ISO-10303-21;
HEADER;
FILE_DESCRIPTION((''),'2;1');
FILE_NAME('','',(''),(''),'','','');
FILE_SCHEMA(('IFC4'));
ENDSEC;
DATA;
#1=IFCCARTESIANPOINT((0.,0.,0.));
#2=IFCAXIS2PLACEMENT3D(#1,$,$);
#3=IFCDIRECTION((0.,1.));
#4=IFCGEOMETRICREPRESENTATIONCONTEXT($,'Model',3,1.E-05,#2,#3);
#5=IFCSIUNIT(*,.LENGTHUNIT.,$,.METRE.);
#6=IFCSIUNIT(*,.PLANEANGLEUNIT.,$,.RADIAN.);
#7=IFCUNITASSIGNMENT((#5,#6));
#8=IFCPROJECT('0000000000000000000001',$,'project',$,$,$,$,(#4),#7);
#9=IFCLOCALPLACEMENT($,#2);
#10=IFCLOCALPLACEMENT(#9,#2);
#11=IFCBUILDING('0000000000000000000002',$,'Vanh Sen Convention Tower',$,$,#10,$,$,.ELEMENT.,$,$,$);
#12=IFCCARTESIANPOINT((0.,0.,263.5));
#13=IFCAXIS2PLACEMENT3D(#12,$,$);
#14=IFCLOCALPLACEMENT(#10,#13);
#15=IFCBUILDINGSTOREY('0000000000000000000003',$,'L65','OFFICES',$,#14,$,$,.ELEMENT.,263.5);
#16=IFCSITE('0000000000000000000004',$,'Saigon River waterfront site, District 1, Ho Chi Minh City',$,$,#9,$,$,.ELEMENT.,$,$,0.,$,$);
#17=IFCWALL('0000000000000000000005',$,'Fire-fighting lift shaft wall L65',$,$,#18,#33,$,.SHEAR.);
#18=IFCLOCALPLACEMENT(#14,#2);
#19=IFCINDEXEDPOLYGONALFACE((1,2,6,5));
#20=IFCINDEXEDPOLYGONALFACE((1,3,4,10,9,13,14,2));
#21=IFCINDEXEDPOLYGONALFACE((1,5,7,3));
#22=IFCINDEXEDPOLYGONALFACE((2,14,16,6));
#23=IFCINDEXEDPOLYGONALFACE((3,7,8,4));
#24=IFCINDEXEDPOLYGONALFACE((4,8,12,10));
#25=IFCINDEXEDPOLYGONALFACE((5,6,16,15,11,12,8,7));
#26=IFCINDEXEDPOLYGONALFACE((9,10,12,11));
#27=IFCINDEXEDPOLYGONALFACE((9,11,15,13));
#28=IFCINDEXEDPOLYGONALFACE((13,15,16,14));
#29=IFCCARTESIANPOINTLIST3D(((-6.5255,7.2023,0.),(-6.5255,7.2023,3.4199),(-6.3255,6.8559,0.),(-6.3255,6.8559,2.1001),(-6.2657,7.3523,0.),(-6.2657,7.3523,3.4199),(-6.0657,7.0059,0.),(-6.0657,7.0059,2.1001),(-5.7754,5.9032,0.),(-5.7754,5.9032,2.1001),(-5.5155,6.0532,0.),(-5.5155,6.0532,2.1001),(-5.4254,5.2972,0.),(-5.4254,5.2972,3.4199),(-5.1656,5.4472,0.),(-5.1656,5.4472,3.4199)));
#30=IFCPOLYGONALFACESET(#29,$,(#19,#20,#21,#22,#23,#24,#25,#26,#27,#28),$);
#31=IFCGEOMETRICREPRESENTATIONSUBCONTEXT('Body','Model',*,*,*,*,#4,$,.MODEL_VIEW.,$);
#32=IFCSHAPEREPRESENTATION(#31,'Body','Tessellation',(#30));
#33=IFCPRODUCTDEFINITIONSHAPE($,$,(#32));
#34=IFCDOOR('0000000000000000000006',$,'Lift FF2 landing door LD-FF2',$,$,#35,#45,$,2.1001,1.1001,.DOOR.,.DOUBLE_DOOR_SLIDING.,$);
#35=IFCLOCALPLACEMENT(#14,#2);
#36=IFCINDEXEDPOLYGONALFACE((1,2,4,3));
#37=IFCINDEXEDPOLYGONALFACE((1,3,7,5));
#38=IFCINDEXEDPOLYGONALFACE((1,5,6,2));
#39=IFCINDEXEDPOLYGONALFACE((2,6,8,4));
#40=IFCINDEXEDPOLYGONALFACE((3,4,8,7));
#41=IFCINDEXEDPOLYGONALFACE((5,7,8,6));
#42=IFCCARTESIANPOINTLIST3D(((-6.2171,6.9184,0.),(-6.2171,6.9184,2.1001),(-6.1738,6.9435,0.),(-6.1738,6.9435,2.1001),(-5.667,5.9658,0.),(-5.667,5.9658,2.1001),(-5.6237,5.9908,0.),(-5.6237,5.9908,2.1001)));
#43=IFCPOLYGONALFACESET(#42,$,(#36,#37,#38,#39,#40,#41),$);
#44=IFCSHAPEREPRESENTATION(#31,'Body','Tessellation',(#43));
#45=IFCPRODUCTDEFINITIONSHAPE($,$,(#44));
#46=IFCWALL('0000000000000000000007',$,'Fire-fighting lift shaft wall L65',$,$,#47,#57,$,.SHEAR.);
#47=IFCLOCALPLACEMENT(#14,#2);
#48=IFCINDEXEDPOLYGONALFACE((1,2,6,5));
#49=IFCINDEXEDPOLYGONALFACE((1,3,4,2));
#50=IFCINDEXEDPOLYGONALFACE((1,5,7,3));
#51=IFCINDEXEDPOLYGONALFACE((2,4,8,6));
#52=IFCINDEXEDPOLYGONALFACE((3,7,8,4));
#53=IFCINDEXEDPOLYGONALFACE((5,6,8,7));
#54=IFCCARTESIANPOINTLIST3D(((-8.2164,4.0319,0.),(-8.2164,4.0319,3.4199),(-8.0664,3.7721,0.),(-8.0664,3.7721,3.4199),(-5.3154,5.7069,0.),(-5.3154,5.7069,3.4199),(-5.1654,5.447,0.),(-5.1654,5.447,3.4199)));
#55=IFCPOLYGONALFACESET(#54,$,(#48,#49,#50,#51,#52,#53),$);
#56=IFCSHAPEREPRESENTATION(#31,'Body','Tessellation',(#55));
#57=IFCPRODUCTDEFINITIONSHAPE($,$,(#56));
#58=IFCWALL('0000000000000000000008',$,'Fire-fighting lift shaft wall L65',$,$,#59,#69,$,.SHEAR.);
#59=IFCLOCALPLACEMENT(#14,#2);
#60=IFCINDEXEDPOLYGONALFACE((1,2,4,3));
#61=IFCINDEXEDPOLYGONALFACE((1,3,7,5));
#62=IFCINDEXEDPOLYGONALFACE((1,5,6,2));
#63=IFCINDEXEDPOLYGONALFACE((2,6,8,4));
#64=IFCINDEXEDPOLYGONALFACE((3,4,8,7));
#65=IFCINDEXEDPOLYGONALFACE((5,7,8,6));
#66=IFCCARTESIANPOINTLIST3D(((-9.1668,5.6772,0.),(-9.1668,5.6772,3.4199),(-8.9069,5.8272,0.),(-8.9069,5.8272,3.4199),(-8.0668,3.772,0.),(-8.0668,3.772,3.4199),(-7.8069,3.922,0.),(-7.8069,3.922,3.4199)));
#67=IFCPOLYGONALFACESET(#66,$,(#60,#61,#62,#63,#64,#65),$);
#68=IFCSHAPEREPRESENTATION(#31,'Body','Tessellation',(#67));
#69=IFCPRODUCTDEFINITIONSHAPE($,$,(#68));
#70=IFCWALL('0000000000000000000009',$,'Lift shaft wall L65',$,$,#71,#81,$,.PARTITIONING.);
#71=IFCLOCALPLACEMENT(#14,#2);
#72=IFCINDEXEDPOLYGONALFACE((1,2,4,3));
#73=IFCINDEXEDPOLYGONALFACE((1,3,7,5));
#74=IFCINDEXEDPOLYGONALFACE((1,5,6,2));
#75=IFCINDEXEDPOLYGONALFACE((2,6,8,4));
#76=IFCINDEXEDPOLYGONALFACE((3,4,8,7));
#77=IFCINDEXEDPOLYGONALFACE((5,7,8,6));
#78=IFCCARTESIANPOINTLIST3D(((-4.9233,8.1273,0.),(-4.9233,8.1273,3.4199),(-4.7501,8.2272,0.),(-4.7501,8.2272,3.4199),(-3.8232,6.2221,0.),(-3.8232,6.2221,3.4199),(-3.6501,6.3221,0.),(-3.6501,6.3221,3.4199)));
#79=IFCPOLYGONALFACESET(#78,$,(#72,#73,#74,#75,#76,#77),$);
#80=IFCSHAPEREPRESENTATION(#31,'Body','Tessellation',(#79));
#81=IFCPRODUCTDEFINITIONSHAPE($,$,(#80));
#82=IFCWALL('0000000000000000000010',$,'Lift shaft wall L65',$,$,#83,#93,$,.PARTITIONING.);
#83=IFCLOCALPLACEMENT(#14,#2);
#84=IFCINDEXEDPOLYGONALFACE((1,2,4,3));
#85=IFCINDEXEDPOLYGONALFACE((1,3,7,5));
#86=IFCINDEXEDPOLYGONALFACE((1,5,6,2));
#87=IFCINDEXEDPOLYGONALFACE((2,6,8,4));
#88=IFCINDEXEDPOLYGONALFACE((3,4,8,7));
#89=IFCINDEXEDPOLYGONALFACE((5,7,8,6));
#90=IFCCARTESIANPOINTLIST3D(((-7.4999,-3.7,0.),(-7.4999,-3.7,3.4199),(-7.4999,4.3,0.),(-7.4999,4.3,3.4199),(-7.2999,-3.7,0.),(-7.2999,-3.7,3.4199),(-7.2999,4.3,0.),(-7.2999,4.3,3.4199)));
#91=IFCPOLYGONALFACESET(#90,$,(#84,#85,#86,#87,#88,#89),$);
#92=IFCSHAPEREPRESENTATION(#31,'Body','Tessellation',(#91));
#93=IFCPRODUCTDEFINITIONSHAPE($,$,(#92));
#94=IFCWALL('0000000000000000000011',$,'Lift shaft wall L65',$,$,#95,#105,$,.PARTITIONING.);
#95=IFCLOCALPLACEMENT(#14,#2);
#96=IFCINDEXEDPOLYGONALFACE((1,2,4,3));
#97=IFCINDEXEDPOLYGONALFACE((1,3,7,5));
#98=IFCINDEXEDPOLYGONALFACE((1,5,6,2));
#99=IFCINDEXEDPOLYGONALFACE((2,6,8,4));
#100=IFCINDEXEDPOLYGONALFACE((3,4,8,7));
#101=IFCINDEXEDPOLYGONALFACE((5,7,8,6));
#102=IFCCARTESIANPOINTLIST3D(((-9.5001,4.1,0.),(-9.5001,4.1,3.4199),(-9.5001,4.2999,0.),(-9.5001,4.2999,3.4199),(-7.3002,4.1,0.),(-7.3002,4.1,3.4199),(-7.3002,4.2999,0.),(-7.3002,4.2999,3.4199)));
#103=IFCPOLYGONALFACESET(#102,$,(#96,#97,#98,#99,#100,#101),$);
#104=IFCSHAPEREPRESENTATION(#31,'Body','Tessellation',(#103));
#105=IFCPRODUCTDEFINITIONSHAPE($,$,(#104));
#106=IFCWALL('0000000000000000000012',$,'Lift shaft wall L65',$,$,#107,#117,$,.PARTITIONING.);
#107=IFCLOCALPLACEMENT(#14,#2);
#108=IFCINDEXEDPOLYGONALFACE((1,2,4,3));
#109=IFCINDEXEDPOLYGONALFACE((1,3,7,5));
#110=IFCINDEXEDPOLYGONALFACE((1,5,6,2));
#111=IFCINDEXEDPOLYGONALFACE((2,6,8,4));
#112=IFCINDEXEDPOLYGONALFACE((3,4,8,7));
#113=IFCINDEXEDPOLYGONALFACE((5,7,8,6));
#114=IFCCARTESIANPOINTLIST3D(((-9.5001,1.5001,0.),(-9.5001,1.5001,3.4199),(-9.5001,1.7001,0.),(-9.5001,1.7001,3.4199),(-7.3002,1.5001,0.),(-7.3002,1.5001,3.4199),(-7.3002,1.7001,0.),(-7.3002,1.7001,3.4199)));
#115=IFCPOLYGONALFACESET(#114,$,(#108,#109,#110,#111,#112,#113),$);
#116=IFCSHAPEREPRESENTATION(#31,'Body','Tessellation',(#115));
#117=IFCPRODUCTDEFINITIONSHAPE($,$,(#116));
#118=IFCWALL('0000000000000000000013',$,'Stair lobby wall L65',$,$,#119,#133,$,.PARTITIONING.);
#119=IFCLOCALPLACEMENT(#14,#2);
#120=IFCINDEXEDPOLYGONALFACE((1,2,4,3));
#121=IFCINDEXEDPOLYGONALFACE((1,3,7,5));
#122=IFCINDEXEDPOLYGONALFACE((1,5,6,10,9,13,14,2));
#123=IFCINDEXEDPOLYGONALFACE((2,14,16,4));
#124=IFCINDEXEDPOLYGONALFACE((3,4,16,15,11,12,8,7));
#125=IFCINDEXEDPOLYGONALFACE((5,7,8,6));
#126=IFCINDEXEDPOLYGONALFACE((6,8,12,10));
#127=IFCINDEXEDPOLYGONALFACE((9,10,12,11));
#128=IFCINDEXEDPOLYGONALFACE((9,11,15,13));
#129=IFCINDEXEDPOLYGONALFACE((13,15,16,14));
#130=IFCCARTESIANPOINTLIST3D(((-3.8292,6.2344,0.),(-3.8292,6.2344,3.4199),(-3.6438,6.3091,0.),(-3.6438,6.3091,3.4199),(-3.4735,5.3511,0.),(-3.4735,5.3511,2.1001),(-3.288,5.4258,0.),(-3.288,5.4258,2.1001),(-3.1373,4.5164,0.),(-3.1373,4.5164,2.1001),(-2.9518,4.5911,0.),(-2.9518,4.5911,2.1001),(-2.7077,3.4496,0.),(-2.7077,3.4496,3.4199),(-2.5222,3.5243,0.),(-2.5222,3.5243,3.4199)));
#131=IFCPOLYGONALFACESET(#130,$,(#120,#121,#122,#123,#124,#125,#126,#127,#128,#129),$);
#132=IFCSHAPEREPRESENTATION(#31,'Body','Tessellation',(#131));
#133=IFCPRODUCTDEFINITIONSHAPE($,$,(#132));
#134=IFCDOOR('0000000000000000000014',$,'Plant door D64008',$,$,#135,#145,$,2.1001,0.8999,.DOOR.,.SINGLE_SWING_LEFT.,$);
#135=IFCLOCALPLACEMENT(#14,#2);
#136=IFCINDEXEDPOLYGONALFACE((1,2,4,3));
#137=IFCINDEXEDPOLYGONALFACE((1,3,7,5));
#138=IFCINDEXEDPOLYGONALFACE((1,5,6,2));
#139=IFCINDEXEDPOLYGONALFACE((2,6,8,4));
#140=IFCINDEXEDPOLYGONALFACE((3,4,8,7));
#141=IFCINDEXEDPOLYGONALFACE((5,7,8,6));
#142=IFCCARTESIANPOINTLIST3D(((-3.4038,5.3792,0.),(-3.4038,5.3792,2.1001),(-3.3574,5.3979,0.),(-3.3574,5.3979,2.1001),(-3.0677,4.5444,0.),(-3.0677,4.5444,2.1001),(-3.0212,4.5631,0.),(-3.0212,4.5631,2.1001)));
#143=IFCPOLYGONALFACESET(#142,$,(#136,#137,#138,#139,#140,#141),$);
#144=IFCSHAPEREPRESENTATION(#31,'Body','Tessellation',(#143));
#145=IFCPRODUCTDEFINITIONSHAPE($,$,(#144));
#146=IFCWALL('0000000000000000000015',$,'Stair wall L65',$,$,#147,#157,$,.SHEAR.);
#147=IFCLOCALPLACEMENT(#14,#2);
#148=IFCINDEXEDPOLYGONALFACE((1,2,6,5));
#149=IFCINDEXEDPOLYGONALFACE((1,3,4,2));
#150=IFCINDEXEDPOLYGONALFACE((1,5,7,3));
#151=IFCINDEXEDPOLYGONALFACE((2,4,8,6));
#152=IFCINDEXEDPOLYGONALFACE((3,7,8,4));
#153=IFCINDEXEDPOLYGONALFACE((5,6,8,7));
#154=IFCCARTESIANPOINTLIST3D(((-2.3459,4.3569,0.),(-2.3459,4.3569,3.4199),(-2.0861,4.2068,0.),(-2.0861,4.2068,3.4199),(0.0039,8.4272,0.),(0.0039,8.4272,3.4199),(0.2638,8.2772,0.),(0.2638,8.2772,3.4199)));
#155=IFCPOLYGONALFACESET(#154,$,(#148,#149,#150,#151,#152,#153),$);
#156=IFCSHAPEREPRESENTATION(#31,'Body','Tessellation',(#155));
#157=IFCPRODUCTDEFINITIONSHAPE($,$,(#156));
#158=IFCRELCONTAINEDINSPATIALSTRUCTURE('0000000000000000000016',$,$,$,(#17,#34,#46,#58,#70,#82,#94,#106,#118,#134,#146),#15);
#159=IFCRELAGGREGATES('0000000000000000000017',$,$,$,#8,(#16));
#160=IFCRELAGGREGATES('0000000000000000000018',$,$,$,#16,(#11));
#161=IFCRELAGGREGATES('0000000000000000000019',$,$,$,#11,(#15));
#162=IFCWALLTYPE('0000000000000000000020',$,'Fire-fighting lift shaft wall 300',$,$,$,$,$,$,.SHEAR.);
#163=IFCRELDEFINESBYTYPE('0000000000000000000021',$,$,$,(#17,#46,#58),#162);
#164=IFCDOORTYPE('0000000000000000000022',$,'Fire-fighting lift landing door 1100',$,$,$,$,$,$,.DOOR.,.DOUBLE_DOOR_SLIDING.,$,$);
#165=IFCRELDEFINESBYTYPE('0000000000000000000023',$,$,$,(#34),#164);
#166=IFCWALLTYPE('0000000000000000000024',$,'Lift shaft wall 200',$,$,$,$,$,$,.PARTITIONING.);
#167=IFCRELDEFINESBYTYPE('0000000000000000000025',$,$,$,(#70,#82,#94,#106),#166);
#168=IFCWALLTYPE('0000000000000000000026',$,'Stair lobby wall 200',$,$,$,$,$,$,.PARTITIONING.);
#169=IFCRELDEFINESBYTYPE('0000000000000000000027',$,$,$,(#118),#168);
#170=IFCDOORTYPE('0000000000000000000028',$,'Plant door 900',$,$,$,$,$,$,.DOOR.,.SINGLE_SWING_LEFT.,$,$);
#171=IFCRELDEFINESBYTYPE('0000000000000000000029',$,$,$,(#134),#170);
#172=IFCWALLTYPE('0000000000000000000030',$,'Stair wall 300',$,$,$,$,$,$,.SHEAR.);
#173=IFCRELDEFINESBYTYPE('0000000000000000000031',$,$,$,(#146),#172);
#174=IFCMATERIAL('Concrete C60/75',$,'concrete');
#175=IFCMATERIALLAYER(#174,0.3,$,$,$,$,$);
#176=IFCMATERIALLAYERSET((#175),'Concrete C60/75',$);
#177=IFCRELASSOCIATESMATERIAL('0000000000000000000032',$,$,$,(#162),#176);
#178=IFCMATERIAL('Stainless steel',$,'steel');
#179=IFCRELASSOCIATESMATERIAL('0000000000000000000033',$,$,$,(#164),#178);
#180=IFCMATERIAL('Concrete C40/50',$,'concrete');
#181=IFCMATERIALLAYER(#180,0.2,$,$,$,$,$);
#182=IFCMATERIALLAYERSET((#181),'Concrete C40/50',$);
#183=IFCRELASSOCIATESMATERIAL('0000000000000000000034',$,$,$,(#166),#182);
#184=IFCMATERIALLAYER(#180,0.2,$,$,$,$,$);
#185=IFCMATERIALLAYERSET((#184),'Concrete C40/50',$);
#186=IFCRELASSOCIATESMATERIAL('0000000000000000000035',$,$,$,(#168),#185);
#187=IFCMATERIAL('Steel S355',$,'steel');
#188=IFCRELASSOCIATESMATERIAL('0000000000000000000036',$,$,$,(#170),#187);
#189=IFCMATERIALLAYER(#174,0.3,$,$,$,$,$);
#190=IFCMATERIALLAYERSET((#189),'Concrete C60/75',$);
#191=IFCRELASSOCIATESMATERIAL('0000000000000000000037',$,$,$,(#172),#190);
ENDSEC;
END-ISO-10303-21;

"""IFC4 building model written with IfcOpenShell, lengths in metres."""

from ifc_helpers import new_model, si_unit, direction, frame, frame_2d, origin, place, context, subcontext, project, spatial, rectangle, extrude, material, layer, layer_set, type_object, element, fill, save


model = new_model("IFC4")

# Units and contexts
model_context = context("Model", 3, precision=1e-05, world=origin(), true_north=direction((0.0, 1.0)))
body_context = subcontext(model_context, "Body", "Model", "MODEL_VIEW")
ifc_project = project(units=[si_unit("LENGTHUNIT", "METRE"), si_unit("PLANEANGLEUNIT", "RADIAN")], contexts=[model_context])

# Site, building, storey
site_placement = place(None, origin())
site = spatial("IfcSite", under=ifc_project, at=site_placement, Name="Saigon River waterfront site, District 1, Ho Chi Minh City", CompositionType="ELEMENT", RefElevation=0.0)
building_placement = place(site_placement, origin())
building = spatial("IfcBuilding", under=site, at=building_placement, Name="Vanh Sen Convention Tower", CompositionType="ELEMENT")
storey_placement = place(building_placement, frame((0.0, 0.0, 263.5)))
storey = spatial("IfcBuildingStorey", under=building, at=storey_placement, Name="L65", Description="OFFICES", CompositionType="ELEMENT", Elevation=263.5)

# Shared definitions
ifc_material_1 = material(Name="Concrete C60/75", Category="concrete")
ifc_material_2 = material(Name="Stainless steel", Category="steel")

# Wall, opening, door
ifc_layer_1 = layer(ifc_material_1, 0.3)
ifc_layer_set_1 = layer_set([ifc_layer_1], Name="Concrete C60/75")
wall_type_1 = type_object("IfcWallType", Name="Fire-fighting lift shaft wall 300", PredefinedType="SHEAR", material=ifc_layer_set_1)
wall_1_placement = place(storey_placement, frame((-5.2954, 5.3721, 0.0), z_axis=(0.0, 0.0, 1.0), x_axis=(-0.500078, 0.86598, 0.0)))
wall_1 = element("IfcWall", 1, at=wall_1_placement, inside=storey, type_object=wall_type_1, Name="Fire-fighting lift shaft wall L65", PredefinedType="SHEAR", context=body_context, shape_type="SweptSolid", body=[
    extrude(rectangle(XDim=2.2, YDim=0.3, at=frame_2d((1.1001, 0.0))), origin(), (0.0, 0.0, 1.0), 3.4199),
])
opening_1_placement = place(wall_1_placement, frame((0.7, 0.0, 0.0)))
opening_1 = element("IfcOpeningElement", 2, at=opening_1_placement, cuts=wall_1, PredefinedType="OPENING", context=body_context, shape_type="SweptSolid", body=[
    extrude(rectangle(XDim=1.1001, YDim=2.1001, at=frame_2d((0.55, 1.05))), frame((0.0, 0.1599, 0.0), z_axis=(0.0, -1.0, 0.0), x_axis=(1.0, 0.0, 0.0)), (0.0, 0.0, 1.0), 0.3201),
])
door_type_1 = type_object("IfcDoorType", Name="Fire-fighting lift landing door 1100", OperationType="DOUBLE_DOOR_SLIDING", PredefinedType="DOOR", material=ifc_material_2)
door_1_placement = place(opening_1_placement, origin())
door_1 = element("IfcDoor", 3, at=door_1_placement, inside=storey, type_object=door_type_1, Name="Lift FF2 landing door LD-FF2", OperationType="DOUBLE_DOOR_SLIDING", OverallHeight=2.1001, OverallWidth=1.1001, PredefinedType="DOOR", context=body_context, shape_type="SweptSolid", body=[
    extrude(rectangle(XDim=1.1001, YDim=2.1001, at=frame_2d((0.55, 1.05))), frame((0.0, 0.0249, 0.0), z_axis=(0.0, -1.0, 0.0), x_axis=(1.0, 0.0, 0.0)), (0.0, 0.0, 1.0), 0.05),
])
fill(opening_1, door_1)

# Walls
wall_2_placement = place(storey_placement, frame((-5.2405, 5.5769, 0.0), z_axis=(0.0, 0.0, 1.0), x_axis=(-0.866014, -0.500019, 0.0)))
element("IfcWall", 4, at=wall_2_placement, inside=storey, type_object=wall_type_1, Name="Fire-fighting lift shaft wall L65", PredefinedType="SHEAR", context=body_context, shape_type="SweptSolid", body=[
    extrude(rectangle(XDim=3.3499, YDim=0.3, at=frame_2d((1.6748, 0.0))), origin(), (0.0, 0.0, 1.0), 3.4199),
])
wall_3_placement = place(storey_placement, frame((-7.9368, 3.8469, 0.0), z_axis=(0.0, 0.0, 1.0), x_axis=(-0.50003, 0.866008, 0.0)))
element("IfcWall", 5, at=wall_3_placement, inside=storey, type_object=wall_type_1, Name="Fire-fighting lift shaft wall L65", PredefinedType="SHEAR", context=body_context, shape_type="SweptSolid", body=[
    extrude(rectangle(XDim=2.2, YDim=0.3, at=frame_2d((1.1001, 0.0))), origin(), (0.0, 0.0, 1.0), 3.4199),
])
ifc_material_3 = material(Name="Concrete C40/50", Category="concrete")
ifc_layer_2 = layer(ifc_material_3, 0.2)
ifc_layer_set_2 = layer_set([ifc_layer_2], Name="Concrete C40/50")
wall_type_2 = type_object("IfcWallType", Name="Lift shaft wall 200", PredefinedType="PARTITIONING", material=ifc_layer_set_2)
wall_4_placement = place(storey_placement, frame((-3.7366, 6.272, 0.0), z_axis=(0.0, 0.0, 1.0), x_axis=(-0.50003, 0.866008, 0.0)))
element("IfcWall", 6, at=wall_4_placement, inside=storey, type_object=wall_type_2, Name="Lift shaft wall L65", PredefinedType="PARTITIONING", context=body_context, shape_type="SweptSolid", body=[
    extrude(rectangle(XDim=2.2, YDim=0.2, at=frame_2d((1.1001, 0.0))), origin(), (0.0, 0.0, 1.0), 3.4199),
])
wall_5_placement = place(storey_placement, frame((-7.3999, 4.3, 0.0), z_axis=(0.0, 0.0, 1.0), x_axis=(0.0, -1.0, 0.0)))
element("IfcWall", 7, at=wall_5_placement, inside=storey, type_object=wall_type_2, Name="Lift shaft wall L65", PredefinedType="PARTITIONING", context=body_context, shape_type="SweptSolid", body=[
    extrude(rectangle(XDim=8.0, YDim=0.2, at=frame_2d((4.0, 0.0))), origin(), (0.0, 0.0, 1.0), 3.4199),
])
for number, where, z_axis, x_axis, name in (
    (8, (-7.3, 4.2, 0.0), (0.0, 0.0, 1.0), (-1.0, 0.0, 0.0), "Lift shaft wall L65"),
    (9, (-7.3, 1.6001, 0.0), (0.0, 0.0, 1.0), (-1.0, 0.0, 0.0), "Lift shaft wall L65"),
):
    element("IfcWall", number, at=place(storey_placement, frame(where, z_axis=z_axis, x_axis=x_axis)), inside=storey, type_object=wall_type_2, Name=name, PredefinedType="PARTITIONING", context=body_context, shape_type="SweptSolid", body=[
        extrude(rectangle(XDim=2.2, YDim=0.2, at=frame_2d((1.1001, 0.0))), origin(), (0.0, 0.0, 1.0), 3.4199),
    ])

# Wall, opening, door
ifc_layer_3 = layer(ifc_material_3, 0.2)
ifc_layer_set_3 = layer_set([ifc_layer_3], Name="Concrete C40/50")
wall_type_3 = type_object("IfcWallType", Name="Stair lobby wall 200", PredefinedType="PARTITIONING", material=ifc_layer_set_3)
wall_6_placement = place(storey_placement, frame((-2.615, 3.4871, 0.0), z_axis=(0.0, 0.0, 1.0), x_axis=(-0.373577, 0.927599, 0.0)))
wall_6 = element("IfcWall", 10, at=wall_6_placement, inside=storey, type_object=wall_type_3, Name="Stair lobby wall L65", PredefinedType="PARTITIONING", context=body_context, shape_type="SweptSolid", body=[
    extrude(rectangle(XDim=3.0022, YDim=0.2, at=frame_2d((1.501, 0.0))), origin(), (0.0, 0.0, 1.0), 3.4199),
])
opening_2_placement = place(wall_6_placement, frame((1.1499, 0.0, 0.0)))
opening_2 = element("IfcOpeningElement", 11, at=opening_2_placement, cuts=wall_6, PredefinedType="OPENING", context=body_context, shape_type="SweptSolid", body=[
    extrude(rectangle(XDim=0.8999, YDim=2.1001, at=frame_2d((0.45, 1.05))), frame((0.0, 0.1099, 0.0), z_axis=(0.0, -1.0, 0.0), x_axis=(1.0, 0.0, 0.0)), (0.0, 0.0, 1.0), 0.22),
])
ifc_material_4 = material(Name="Steel S355", Category="steel")
door_type_2 = type_object("IfcDoorType", Name="Plant door 900", OperationType="SINGLE_SWING_LEFT", PredefinedType="DOOR", material=ifc_material_4)
door_2_placement = place(opening_2_placement, origin())
door_2 = element("IfcDoor", 12, at=door_2_placement, inside=storey, type_object=door_type_2, Name="Plant door D64008", OperationType="SINGLE_SWING_LEFT", OverallHeight=2.1001, OverallWidth=0.8999, PredefinedType="DOOR", context=body_context, shape_type="SweptSolid", body=[
    extrude(rectangle(XDim=0.8999, YDim=2.1001, at=frame_2d((0.45, 1.05))), frame((0.0, 0.0249, 0.0), z_axis=(0.0, -1.0, 0.0), x_axis=(1.0, 0.0, 0.0)), (0.0, 0.0, 1.0), 0.05),
])
fill(opening_2, door_2)

# Wall
ifc_layer_4 = layer(ifc_material_1, 0.3)
ifc_layer_set_4 = layer_set([ifc_layer_4], Name="Concrete C60/75")
wall_type_4 = type_object("IfcWallType", Name="Stair wall 300", PredefinedType="SHEAR", material=ifc_layer_set_4)
wall_7_placement = place(storey_placement, frame((-2.2161, 4.2817, 0.0), z_axis=(0.0, 0.0, 1.0), x_axis=(0.499977, 0.866039, 0.0)))
element("IfcWall", 13, at=wall_7_placement, inside=storey, type_object=wall_type_4, Name="Stair wall L65", PredefinedType="SHEAR", context=body_context, shape_type="SweptSolid", body=[
    extrude(rectangle(XDim=4.7, YDim=0.3, at=frame_2d((2.3501, 0.0))), origin(), (0.0, 0.0, 1.0), 3.4199),
])

save(model, "model.ifc")
